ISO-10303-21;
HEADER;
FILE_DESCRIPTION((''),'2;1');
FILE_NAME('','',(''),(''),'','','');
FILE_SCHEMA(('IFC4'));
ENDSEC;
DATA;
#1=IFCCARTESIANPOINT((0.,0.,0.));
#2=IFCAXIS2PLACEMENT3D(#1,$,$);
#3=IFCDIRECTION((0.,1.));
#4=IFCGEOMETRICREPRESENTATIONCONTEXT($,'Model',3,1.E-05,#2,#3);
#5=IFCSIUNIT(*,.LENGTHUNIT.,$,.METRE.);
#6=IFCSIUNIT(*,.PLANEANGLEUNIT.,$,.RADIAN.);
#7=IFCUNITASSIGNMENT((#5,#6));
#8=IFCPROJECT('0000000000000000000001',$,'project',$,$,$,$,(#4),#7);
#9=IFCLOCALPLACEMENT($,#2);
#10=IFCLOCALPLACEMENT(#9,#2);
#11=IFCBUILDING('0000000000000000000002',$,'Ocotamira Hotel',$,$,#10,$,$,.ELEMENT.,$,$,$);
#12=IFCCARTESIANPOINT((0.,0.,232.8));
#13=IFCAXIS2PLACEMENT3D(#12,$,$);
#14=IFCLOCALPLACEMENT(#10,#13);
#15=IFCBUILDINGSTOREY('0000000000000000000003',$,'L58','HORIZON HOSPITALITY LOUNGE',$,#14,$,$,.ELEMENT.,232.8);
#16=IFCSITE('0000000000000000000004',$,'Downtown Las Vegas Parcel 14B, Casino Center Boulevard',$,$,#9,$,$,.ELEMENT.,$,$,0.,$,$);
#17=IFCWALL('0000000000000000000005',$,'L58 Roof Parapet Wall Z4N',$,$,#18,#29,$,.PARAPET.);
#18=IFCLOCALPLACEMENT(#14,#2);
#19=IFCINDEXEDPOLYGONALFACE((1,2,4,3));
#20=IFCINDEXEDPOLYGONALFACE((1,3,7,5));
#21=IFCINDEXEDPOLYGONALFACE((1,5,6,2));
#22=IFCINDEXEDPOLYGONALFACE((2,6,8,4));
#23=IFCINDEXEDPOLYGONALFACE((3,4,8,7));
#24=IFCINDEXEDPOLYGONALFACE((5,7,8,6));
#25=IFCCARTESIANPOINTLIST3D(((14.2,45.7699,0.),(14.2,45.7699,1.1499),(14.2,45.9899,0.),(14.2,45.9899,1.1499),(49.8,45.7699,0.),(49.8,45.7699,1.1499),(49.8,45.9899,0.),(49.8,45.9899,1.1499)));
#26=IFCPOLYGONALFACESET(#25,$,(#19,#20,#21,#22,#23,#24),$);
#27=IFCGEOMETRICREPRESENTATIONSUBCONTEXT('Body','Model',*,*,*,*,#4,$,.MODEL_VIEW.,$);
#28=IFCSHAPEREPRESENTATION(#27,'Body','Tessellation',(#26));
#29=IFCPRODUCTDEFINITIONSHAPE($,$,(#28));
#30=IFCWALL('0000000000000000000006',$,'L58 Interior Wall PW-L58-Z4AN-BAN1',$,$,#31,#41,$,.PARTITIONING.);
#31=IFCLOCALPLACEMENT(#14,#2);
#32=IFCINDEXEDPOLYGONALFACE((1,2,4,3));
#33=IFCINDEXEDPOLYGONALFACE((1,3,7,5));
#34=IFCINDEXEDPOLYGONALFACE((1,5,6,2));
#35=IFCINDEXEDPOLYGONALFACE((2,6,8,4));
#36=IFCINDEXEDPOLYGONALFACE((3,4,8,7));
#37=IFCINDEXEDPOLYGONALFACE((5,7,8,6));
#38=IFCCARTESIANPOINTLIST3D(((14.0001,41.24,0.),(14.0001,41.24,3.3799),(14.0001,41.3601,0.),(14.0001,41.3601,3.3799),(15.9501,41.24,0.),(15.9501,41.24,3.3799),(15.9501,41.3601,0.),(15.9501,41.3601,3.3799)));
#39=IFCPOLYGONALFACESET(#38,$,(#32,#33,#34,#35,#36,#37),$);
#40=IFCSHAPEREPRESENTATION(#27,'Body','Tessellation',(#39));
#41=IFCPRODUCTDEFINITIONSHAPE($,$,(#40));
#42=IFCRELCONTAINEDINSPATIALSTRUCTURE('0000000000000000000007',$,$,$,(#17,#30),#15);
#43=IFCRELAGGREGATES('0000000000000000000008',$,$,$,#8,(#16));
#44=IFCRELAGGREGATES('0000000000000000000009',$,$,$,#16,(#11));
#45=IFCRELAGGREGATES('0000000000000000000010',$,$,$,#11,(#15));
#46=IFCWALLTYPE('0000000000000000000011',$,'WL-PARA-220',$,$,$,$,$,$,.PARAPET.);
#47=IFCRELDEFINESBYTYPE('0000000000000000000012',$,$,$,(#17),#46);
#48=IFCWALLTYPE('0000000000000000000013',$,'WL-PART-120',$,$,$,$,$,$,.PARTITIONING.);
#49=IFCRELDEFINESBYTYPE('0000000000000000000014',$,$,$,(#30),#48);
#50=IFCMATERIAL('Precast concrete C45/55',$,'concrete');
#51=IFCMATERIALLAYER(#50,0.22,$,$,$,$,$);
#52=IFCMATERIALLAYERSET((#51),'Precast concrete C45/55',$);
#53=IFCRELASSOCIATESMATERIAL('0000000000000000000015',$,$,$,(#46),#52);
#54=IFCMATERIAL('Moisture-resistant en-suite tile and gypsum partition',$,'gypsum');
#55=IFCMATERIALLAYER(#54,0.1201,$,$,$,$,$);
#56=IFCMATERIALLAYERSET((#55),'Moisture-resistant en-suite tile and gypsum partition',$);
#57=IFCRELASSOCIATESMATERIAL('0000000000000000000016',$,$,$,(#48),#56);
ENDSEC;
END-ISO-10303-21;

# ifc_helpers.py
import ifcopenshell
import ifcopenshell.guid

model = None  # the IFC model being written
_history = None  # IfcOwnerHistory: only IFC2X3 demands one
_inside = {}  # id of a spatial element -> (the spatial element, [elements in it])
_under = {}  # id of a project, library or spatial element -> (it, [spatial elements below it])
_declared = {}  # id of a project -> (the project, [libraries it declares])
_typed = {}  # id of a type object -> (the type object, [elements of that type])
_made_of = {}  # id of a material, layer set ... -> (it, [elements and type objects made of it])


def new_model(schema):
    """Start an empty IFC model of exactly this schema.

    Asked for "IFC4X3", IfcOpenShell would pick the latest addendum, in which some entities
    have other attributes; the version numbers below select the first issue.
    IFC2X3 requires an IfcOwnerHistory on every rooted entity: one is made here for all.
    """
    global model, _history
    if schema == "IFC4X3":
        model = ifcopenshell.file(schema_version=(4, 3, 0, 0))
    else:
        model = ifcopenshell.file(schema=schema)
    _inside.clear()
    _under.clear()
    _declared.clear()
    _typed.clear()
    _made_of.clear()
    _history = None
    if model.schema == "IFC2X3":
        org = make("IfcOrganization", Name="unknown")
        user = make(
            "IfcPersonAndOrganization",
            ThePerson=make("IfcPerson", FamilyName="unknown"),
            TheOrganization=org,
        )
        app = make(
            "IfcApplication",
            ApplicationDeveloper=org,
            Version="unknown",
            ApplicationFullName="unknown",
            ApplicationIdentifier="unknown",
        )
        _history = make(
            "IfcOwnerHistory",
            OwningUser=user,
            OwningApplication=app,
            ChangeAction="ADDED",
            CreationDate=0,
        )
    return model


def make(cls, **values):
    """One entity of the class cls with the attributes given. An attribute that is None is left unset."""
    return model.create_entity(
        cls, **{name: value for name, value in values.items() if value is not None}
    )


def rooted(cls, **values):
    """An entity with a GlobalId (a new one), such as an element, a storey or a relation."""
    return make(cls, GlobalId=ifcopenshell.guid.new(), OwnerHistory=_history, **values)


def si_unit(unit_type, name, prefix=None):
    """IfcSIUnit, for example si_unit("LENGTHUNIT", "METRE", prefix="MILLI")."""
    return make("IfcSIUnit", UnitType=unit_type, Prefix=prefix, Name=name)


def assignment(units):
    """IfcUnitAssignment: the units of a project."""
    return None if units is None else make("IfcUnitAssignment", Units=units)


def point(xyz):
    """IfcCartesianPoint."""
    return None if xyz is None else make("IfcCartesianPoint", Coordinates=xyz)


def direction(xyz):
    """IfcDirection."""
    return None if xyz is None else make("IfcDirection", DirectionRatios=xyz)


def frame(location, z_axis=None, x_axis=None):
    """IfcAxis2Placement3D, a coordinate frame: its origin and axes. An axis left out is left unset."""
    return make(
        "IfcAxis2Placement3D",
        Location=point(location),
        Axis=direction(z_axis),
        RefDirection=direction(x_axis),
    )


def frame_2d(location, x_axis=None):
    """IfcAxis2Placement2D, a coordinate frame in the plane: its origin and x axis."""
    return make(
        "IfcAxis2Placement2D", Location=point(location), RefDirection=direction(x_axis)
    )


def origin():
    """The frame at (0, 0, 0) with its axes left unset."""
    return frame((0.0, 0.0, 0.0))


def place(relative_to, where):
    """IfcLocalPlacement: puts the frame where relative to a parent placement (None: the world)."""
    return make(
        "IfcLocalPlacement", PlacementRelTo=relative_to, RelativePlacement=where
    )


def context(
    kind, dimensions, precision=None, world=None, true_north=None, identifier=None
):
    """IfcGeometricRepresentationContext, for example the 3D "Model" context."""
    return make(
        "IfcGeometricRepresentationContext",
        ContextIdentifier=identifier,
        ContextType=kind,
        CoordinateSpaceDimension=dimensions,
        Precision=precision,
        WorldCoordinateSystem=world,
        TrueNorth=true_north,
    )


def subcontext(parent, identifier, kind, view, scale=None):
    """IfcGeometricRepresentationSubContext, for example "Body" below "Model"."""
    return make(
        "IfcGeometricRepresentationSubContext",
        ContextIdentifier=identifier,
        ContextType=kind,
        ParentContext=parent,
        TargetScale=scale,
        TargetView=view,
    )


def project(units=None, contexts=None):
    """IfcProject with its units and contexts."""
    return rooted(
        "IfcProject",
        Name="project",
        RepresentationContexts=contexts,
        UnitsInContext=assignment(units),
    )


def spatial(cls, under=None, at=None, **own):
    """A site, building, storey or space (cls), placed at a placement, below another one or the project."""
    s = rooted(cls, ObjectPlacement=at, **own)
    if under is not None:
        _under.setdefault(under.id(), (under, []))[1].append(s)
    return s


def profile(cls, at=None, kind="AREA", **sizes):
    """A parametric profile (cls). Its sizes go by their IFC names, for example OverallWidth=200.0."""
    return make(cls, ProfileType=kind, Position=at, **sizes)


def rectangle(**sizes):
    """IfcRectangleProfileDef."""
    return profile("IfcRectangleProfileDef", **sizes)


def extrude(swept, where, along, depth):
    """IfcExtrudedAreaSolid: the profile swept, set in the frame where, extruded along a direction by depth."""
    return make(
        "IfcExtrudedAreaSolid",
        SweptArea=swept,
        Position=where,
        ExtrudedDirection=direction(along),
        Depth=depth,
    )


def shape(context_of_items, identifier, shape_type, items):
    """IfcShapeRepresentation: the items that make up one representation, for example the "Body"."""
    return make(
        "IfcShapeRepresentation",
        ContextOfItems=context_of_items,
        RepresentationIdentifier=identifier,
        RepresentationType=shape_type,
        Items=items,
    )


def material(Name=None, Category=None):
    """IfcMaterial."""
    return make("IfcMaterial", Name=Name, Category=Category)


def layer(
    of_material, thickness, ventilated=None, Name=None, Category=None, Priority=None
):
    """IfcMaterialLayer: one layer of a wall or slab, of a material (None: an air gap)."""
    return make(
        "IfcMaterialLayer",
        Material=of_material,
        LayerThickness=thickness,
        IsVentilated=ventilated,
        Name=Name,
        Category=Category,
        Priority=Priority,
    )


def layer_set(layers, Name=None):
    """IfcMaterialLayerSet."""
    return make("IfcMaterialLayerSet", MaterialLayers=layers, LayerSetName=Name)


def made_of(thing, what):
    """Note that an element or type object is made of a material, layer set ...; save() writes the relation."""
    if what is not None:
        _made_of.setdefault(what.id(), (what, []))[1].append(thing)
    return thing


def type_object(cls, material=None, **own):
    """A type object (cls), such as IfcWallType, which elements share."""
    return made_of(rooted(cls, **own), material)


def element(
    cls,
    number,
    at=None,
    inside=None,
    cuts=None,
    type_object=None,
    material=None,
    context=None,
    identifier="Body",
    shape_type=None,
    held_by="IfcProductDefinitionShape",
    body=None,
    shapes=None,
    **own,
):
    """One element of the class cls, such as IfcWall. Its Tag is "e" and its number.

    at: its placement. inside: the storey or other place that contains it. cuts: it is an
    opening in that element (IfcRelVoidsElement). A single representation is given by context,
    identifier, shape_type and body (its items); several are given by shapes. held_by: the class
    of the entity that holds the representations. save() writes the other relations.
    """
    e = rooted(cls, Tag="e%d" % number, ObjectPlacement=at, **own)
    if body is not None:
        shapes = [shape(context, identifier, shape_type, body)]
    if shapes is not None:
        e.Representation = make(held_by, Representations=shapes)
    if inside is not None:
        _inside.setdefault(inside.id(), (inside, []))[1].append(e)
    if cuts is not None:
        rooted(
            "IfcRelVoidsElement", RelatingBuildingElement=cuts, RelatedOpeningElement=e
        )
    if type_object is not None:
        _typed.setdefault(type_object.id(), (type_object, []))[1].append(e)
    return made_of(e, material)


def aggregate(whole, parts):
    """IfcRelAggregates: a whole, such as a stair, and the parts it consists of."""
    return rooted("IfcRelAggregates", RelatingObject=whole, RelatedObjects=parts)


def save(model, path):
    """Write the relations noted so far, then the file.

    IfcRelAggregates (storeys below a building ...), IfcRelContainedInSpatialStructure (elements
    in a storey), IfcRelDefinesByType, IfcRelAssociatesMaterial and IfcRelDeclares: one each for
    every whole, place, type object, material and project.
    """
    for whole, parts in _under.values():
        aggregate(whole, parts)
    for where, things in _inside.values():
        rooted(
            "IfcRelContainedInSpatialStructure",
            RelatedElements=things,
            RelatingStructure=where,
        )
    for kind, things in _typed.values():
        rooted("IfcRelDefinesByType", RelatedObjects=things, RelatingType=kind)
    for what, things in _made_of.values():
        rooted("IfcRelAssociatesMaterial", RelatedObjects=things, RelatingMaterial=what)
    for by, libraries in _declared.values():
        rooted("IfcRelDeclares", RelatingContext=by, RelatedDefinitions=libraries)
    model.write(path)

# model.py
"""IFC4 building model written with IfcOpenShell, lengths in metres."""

from ifc_helpers import new_model, si_unit, direction, frame, frame_2d, origin, place, context, subcontext, project, spatial, rectangle, extrude, material, layer, layer_set, type_object, element, save


model = new_model("IFC4")

# Units and contexts
model_context = context("Model", 3, precision=1e-05, world=origin(), true_north=direction((0.0, 1.0)))
body_context = subcontext(model_context, "Body", "Model", "MODEL_VIEW")
ifc_project = project(units=[si_unit("LENGTHUNIT", "METRE"), si_unit("PLANEANGLEUNIT", "RADIAN")], contexts=[model_context])

# Site, building, storey
site_placement = place(None, origin())
site = spatial("IfcSite", under=ifc_project, at=site_placement, Name="Downtown Las Vegas Parcel 14B, Casino Center Boulevard", CompositionType="ELEMENT", RefElevation=0.0)
building_placement = place(site_placement, origin())
building = spatial("IfcBuilding", under=site, at=building_placement, Name="Ocotamira Hotel", CompositionType="ELEMENT")
storey_placement = place(building_placement, frame((0.0, 0.0, 232.8)))
storey = spatial("IfcBuildingStorey", under=building, at=storey_placement, Name="L58", Description="HORIZON HOSPITALITY LOUNGE", CompositionType="ELEMENT", Elevation=232.8)

# Shared definitions
ifc_material_1 = material(Name="Precast concrete C45/55", Category="concrete")

# Walls
ifc_layer_1 = layer(ifc_material_1, 0.22)
ifc_layer_set_1 = layer_set([ifc_layer_1], Name="Precast concrete C45/55")
wall_type_1 = type_object("IfcWallType", Name="WL-PARA-220", PredefinedType="PARAPET", material=ifc_layer_set_1)
wall_1_placement = place(storey_placement, frame((14.2, 45.8799, 0.0), z_axis=(0.0, 0.0, 1.0), x_axis=(1.0, 0.0, 0.0)))
element("IfcWall", 1, at=wall_1_placement, inside=storey, type_object=wall_type_1, Name="L58 Roof Parapet Wall Z4N", PredefinedType="PARAPET", context=body_context, shape_type="SweptSolid", body=[
    extrude(rectangle(XDim=35.6001, YDim=0.22, at=frame_2d((17.8, 0.0))), origin(), (0.0, 0.0, 1.0), 1.1499),
])
ifc_material_2 = material(Name="Moisture-resistant en-suite tile and gypsum partition", Category="gypsum")
ifc_layer_2 = layer(ifc_material_2, 0.1201)
ifc_layer_set_2 = layer_set([ifc_layer_2], Name="Moisture-resistant en-suite tile and gypsum partition")
wall_type_2 = type_object("IfcWallType", Name="WL-PART-120", PredefinedType="PARTITIONING", material=ifc_layer_set_2)
wall_2_placement = place(storey_placement, frame((14.0, 41.3, 0.0), z_axis=(0.0, 0.0, 1.0), x_axis=(1.0, 0.0, 0.0)))
element("IfcWall", 2, at=wall_2_placement, inside=storey, type_object=wall_type_2, Name="L58 Interior Wall PW-L58-Z4AN-BAN1", PredefinedType="PARTITIONING", context=body_context, shape_type="SweptSolid", body=[
    extrude(rectangle(XDim=1.95, YDim=0.1201, at=frame_2d((0.9751, 0.0))), origin(), (0.0, 0.0, 1.0), 3.3799),
])

save(model, "model.ifc")
